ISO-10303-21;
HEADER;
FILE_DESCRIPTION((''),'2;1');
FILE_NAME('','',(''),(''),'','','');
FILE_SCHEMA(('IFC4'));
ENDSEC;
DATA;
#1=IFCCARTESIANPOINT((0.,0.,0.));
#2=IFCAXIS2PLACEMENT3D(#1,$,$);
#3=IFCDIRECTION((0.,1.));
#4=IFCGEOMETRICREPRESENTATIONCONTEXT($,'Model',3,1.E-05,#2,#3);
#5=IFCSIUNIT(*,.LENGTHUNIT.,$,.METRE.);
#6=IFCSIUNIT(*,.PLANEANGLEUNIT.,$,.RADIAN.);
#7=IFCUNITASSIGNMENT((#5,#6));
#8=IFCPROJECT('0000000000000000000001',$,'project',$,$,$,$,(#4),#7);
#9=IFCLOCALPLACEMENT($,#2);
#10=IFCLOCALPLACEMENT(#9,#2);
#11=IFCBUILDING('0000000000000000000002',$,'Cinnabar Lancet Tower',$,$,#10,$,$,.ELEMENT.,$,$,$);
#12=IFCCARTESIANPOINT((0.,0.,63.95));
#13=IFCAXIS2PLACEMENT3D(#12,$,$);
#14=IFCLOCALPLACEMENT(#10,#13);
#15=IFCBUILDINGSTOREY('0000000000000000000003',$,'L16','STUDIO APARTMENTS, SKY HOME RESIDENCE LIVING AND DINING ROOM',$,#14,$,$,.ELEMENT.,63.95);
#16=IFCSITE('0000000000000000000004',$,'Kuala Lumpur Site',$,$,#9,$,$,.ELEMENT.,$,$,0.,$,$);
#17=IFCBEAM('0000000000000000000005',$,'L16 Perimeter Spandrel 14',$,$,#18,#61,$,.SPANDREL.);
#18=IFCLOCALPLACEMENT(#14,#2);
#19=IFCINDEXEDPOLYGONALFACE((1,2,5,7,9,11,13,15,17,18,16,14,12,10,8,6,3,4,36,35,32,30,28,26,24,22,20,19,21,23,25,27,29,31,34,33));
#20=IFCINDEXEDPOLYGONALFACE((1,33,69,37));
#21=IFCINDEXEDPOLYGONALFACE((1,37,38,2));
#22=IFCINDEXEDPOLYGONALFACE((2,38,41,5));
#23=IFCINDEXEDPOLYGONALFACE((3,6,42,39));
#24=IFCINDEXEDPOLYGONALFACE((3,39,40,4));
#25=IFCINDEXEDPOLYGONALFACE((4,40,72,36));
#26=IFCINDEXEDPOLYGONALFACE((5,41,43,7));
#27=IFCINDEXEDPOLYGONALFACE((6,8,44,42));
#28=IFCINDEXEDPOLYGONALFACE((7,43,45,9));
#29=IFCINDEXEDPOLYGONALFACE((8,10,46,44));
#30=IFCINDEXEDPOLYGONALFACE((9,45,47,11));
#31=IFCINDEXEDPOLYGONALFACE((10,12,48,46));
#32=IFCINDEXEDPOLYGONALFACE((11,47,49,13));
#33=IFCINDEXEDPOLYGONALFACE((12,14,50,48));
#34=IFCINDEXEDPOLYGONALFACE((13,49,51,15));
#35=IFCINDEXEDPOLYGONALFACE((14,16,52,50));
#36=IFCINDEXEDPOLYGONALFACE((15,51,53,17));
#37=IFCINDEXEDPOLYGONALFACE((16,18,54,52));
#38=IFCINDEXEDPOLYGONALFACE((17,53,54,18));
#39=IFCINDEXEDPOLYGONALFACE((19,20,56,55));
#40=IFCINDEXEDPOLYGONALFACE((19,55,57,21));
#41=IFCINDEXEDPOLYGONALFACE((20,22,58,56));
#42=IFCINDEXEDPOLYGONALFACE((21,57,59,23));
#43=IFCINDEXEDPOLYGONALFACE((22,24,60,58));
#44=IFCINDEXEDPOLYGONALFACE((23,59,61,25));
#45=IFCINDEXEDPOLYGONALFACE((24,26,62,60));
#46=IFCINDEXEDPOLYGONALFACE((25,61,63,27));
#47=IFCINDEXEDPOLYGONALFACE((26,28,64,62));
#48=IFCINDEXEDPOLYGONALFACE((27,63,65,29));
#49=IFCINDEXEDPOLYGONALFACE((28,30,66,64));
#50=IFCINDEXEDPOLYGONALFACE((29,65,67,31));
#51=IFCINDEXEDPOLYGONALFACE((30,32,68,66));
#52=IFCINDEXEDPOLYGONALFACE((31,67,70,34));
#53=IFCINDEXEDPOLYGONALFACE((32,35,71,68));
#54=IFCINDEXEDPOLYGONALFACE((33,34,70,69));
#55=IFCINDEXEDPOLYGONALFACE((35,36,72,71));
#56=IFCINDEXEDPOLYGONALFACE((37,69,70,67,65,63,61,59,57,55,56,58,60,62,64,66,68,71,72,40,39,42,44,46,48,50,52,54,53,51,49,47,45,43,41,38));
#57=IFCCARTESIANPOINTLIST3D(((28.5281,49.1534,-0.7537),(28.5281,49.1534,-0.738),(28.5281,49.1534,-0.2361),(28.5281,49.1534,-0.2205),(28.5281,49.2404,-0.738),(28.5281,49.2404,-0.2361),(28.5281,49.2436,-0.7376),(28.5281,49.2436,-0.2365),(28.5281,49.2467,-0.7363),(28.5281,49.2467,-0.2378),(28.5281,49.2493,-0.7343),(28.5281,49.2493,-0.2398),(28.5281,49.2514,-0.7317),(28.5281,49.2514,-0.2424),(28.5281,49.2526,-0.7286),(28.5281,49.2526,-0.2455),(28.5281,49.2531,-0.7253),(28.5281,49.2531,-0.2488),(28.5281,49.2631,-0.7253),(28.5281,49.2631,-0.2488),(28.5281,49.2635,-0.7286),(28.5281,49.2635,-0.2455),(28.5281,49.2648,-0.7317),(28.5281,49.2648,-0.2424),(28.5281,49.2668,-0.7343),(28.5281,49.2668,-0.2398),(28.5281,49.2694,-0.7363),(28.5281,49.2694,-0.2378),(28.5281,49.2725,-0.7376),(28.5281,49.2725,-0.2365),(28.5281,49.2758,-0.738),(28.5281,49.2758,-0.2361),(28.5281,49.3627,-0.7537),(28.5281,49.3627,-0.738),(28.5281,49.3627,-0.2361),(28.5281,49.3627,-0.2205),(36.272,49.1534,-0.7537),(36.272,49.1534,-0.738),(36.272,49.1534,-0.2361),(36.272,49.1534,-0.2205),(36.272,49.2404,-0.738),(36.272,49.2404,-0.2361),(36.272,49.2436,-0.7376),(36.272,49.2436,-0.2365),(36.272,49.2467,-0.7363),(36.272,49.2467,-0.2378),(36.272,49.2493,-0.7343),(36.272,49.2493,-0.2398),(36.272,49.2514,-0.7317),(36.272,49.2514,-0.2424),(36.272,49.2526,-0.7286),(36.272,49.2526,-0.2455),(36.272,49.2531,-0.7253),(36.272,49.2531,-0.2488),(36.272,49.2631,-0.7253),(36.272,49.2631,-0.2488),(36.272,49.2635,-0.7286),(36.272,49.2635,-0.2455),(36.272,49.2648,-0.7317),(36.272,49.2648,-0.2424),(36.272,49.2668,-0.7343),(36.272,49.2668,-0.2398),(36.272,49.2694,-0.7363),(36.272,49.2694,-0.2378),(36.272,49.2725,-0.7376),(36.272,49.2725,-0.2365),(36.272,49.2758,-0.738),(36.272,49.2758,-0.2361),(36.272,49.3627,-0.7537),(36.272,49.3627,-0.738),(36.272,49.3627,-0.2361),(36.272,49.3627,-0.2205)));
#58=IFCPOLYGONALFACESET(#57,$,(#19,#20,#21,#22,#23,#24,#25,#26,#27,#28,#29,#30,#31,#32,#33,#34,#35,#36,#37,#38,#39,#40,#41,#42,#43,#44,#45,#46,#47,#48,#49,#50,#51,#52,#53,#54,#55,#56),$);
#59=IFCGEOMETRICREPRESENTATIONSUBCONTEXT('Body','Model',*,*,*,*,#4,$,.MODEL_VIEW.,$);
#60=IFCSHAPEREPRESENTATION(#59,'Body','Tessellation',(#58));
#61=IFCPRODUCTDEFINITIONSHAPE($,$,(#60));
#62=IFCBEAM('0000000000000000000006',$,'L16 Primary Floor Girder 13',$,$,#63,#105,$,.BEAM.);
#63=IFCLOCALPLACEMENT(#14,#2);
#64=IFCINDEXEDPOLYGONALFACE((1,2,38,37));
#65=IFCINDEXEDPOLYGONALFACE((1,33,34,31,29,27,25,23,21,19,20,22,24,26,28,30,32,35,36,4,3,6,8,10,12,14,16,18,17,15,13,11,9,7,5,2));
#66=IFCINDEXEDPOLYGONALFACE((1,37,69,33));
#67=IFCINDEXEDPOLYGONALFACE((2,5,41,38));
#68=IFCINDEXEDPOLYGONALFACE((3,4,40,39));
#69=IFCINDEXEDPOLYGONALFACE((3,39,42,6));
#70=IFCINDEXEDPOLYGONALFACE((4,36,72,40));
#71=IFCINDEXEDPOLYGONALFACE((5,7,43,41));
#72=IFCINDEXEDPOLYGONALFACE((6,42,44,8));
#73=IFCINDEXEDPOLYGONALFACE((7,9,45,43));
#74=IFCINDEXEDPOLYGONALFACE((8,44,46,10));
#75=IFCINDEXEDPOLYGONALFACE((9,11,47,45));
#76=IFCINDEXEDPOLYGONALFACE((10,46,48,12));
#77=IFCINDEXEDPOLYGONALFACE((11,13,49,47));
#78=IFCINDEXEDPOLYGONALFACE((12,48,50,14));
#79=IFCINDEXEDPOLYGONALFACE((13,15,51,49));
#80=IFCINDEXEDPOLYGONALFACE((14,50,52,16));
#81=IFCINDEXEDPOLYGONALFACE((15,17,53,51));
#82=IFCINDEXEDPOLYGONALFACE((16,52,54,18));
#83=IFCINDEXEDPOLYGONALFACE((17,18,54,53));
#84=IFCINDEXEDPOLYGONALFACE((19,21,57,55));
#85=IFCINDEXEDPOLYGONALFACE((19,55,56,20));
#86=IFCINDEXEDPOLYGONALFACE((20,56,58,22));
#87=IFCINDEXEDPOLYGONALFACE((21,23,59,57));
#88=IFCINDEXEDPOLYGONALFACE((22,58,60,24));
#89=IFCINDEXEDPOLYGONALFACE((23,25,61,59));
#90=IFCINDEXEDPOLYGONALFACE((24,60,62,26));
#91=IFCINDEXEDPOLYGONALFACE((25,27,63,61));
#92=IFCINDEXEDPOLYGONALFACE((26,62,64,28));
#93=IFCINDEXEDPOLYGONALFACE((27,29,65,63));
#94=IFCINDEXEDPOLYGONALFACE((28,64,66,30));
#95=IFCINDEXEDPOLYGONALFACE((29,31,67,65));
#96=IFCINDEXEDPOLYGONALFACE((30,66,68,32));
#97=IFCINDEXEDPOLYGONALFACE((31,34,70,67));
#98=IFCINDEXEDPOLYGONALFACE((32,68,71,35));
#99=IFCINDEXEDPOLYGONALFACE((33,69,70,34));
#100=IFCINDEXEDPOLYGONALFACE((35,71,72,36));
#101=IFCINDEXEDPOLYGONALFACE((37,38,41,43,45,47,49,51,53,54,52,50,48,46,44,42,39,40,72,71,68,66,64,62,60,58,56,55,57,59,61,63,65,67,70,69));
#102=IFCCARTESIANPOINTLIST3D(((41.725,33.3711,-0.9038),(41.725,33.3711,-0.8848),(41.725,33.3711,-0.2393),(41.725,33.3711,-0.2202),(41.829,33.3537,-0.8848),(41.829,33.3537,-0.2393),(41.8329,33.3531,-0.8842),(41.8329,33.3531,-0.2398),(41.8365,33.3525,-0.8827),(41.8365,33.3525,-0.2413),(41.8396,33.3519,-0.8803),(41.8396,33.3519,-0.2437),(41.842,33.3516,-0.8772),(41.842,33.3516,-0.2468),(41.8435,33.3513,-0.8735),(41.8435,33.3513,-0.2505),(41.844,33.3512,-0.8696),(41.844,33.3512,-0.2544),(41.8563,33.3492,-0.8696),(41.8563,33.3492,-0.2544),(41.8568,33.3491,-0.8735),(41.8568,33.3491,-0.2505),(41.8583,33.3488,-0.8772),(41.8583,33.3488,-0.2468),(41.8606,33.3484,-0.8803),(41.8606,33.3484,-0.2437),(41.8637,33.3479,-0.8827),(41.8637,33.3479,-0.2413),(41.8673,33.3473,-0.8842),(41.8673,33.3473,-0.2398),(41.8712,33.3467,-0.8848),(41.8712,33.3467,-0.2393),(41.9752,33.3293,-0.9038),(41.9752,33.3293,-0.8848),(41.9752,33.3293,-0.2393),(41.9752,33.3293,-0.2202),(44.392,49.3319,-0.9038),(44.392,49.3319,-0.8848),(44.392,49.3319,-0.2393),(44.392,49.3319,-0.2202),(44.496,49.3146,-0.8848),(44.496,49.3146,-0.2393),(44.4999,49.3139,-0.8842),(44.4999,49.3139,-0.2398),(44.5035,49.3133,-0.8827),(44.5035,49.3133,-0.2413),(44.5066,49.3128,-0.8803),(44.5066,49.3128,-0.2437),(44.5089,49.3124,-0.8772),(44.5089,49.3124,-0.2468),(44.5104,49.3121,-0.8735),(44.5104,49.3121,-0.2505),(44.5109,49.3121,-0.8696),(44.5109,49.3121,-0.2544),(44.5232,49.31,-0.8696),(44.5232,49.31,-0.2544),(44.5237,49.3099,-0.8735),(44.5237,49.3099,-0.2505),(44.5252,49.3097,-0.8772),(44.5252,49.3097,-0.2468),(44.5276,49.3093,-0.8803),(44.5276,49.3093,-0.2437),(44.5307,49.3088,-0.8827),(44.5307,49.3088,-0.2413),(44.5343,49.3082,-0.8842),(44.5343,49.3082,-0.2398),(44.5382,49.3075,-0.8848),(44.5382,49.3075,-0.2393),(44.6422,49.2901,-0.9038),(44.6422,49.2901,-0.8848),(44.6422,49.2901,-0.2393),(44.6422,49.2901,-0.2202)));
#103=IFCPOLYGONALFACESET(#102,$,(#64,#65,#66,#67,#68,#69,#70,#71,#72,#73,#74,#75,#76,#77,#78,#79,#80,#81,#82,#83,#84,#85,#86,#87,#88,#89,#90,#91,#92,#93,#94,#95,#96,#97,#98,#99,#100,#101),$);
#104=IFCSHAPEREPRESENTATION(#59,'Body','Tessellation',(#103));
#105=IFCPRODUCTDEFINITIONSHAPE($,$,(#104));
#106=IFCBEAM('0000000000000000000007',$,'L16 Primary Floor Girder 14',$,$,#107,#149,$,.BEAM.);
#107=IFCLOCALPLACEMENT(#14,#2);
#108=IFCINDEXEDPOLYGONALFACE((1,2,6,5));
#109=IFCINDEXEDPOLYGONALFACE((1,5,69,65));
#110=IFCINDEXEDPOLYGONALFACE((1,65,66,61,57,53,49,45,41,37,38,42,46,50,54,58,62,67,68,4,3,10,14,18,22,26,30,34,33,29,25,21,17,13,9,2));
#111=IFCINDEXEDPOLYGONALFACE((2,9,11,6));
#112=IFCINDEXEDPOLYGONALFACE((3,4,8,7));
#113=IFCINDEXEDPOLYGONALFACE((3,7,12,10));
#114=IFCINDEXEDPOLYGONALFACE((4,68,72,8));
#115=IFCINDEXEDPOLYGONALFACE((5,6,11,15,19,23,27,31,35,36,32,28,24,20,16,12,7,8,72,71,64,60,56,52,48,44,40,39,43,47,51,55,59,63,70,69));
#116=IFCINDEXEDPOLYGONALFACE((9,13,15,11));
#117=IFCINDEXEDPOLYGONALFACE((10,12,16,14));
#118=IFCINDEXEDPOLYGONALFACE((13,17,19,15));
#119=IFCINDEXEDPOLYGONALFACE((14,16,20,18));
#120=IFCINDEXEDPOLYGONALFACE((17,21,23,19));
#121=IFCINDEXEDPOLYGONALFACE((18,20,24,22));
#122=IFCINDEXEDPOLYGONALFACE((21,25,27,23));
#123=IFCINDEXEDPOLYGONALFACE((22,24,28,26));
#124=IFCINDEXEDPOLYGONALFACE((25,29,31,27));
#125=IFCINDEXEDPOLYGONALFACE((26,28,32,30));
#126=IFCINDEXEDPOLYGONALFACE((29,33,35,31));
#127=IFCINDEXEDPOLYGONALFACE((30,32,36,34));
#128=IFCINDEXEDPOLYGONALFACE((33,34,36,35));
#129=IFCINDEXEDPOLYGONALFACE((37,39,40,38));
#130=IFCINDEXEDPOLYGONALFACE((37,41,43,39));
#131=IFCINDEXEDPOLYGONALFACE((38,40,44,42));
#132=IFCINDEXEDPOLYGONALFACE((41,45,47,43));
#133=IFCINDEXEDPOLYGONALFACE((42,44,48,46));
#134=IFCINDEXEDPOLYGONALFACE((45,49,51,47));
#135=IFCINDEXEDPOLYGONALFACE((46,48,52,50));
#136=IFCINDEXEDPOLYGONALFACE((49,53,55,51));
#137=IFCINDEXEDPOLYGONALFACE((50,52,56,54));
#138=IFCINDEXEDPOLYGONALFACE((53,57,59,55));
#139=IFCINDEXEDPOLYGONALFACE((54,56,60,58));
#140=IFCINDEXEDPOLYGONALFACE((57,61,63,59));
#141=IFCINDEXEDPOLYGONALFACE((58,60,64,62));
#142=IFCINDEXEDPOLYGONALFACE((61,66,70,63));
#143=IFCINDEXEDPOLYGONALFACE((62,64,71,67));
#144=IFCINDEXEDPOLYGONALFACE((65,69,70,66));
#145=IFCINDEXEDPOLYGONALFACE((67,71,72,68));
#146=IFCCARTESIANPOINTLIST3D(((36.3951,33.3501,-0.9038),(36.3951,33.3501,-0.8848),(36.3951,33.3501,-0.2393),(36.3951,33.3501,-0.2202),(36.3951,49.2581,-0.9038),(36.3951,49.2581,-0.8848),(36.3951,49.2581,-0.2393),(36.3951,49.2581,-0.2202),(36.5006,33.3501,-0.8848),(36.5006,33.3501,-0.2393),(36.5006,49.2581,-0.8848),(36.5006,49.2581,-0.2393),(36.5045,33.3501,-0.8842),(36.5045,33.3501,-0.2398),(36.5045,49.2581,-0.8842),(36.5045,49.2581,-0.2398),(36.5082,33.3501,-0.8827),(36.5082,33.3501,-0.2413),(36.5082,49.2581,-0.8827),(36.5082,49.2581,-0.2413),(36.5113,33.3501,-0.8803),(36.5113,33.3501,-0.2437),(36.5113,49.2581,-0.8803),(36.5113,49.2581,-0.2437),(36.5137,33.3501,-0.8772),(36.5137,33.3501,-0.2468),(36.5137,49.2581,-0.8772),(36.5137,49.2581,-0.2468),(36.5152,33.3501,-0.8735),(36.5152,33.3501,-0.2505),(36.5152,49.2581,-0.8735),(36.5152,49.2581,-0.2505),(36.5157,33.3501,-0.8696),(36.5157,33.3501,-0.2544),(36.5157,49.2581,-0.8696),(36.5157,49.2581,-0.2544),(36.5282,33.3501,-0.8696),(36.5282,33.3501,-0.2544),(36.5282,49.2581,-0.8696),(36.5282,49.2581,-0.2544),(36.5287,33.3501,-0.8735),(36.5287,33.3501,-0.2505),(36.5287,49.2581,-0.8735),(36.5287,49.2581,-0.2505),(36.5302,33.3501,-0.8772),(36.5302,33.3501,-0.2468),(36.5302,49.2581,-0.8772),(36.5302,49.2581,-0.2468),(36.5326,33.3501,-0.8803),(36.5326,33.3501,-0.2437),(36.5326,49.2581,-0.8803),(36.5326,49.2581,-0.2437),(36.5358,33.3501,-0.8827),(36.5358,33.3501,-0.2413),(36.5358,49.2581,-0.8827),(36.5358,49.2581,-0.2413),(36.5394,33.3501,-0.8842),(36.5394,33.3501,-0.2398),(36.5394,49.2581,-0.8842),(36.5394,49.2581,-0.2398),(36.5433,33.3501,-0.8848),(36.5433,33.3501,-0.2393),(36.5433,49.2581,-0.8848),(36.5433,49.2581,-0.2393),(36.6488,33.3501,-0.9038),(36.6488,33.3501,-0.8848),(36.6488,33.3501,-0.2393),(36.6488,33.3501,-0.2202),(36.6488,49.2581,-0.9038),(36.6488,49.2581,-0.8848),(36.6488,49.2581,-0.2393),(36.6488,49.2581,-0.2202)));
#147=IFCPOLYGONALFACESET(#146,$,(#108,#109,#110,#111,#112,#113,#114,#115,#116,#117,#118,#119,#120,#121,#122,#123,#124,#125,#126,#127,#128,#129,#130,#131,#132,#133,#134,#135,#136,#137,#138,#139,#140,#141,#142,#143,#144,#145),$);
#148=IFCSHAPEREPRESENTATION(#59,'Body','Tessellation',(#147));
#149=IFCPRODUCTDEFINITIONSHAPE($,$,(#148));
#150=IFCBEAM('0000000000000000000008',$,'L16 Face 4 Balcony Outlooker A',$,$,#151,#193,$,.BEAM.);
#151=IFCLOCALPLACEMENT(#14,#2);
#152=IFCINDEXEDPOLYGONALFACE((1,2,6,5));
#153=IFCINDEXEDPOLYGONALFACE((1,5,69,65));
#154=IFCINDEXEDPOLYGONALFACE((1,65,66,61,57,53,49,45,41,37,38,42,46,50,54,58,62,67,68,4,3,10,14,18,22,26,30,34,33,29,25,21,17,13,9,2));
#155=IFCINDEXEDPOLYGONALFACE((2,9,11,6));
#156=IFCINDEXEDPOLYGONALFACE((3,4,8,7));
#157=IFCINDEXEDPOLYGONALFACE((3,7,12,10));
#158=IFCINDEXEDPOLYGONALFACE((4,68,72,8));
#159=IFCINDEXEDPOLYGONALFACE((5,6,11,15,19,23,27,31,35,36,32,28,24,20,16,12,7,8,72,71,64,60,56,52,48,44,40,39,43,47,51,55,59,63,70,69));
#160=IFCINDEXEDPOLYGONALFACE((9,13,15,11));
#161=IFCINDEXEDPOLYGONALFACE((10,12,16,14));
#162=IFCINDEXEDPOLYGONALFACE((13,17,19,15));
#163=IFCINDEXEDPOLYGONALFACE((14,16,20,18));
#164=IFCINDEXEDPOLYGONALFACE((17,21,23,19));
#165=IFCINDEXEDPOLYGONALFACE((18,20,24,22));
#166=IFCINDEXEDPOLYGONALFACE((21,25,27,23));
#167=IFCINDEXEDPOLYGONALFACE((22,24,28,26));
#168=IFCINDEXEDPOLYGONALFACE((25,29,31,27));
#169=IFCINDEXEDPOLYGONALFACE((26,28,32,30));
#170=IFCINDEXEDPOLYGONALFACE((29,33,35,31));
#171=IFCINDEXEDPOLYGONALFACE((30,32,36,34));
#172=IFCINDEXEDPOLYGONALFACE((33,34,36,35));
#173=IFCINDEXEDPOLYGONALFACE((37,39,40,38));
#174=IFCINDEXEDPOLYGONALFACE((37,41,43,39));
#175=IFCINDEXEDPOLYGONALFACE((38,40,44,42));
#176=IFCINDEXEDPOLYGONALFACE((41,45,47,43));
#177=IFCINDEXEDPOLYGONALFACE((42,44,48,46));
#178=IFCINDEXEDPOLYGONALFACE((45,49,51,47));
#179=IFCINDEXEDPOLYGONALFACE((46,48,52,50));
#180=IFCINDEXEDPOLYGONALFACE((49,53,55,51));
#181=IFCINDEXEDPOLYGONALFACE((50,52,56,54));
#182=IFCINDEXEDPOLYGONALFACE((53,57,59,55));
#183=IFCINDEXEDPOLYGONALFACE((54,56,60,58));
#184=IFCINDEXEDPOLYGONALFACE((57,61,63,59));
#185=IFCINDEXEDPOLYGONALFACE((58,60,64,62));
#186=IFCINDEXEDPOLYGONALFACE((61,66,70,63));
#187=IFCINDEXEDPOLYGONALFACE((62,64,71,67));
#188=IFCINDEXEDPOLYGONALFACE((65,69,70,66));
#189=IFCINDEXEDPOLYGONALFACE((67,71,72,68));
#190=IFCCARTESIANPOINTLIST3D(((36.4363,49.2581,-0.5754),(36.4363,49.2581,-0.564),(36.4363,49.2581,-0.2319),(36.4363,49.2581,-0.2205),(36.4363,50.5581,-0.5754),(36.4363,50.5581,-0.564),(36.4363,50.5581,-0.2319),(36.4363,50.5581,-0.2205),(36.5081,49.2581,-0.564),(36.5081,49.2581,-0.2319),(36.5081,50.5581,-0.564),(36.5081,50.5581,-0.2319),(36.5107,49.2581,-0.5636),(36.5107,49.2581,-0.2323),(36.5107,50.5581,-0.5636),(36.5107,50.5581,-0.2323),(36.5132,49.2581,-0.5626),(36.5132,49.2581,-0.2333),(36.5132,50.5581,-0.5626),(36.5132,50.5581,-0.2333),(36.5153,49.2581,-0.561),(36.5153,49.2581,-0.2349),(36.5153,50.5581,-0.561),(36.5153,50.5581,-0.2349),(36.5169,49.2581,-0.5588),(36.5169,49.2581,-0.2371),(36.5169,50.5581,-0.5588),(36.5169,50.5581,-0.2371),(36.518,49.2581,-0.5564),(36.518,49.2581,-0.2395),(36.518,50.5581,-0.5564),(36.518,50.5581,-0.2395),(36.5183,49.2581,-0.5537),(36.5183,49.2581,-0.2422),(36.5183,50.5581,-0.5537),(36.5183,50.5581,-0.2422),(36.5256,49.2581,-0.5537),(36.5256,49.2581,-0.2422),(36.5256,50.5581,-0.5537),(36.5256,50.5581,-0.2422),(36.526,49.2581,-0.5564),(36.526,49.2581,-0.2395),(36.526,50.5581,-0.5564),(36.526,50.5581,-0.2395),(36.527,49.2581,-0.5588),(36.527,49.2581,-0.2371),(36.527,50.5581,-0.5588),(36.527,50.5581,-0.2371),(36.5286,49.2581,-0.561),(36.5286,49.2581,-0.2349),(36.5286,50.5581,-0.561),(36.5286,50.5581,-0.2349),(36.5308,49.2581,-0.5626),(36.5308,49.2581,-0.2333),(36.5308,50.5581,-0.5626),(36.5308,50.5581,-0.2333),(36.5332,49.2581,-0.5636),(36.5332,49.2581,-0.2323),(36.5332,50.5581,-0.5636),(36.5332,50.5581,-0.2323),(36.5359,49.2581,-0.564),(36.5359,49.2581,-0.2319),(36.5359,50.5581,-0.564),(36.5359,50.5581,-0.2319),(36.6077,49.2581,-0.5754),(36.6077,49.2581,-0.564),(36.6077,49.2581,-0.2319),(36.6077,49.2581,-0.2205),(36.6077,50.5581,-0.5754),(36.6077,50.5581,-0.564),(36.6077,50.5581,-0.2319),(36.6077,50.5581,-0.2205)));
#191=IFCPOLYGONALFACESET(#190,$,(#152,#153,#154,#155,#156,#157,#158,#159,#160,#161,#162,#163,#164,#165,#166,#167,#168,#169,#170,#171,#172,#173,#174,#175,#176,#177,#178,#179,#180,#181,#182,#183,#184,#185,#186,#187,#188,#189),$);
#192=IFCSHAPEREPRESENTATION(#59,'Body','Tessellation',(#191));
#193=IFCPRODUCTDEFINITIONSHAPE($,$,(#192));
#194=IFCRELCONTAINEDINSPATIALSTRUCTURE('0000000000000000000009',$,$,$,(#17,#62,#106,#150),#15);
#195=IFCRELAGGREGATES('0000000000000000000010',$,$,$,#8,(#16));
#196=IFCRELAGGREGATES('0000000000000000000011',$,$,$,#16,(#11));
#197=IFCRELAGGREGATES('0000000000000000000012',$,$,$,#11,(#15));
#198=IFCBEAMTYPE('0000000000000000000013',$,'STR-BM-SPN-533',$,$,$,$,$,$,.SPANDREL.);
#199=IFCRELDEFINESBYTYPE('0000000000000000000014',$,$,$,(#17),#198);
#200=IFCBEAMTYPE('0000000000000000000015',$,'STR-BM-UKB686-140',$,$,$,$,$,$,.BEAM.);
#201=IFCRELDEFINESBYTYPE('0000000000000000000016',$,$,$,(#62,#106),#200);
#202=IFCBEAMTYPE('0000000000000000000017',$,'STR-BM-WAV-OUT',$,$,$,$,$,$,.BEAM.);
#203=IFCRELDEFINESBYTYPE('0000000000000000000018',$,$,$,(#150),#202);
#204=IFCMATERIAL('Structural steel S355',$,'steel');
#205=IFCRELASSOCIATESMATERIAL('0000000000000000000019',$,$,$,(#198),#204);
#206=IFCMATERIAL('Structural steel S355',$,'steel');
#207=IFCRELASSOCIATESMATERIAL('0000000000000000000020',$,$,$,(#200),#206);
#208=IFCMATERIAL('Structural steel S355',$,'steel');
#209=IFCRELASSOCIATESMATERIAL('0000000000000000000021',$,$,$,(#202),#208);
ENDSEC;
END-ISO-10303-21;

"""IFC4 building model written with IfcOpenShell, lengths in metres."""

from ifc_helpers import new_model, si_unit, direction, frame, origin, origin_2d, place, context, subcontext, project, spatial, i_section, extrude, material, material_profile, profile_set, type_object, element, save


model = new_model("IFC4")

# Units and contexts
model_context = context("Model", 3, precision=1e-05, world=origin(), true_north=direction((0.0, 1.0)))
body_context = subcontext(model_context, "Body", "Model", "MODEL_VIEW")
ifc_project = project(units=[si_unit("LENGTHUNIT", "METRE"), si_unit("PLANEANGLEUNIT", "RADIAN")], contexts=[model_context])

# Site, building, storey
site_placement = place(None, origin())
site = spatial("IfcSite", under=ifc_project, at=site_placement, Name="Kuala Lumpur Site", CompositionType="ELEMENT", RefElevation=0.0)
building_placement = place(site_placement, origin())
building = spatial("IfcBuilding", under=site, at=building_placement, Name="Cinnabar Lancet Tower", CompositionType="ELEMENT")
storey_placement = place(building_placement, frame((0.0, 0.0, 63.95)))
storey = spatial("IfcBuildingStorey", under=building, at=storey_placement, Name="L16", Description="STUDIO APARTMENTS, SKY HOME RESIDENCE LIVING AND DINING ROOM", CompositionType="ELEMENT", Elevation=63.95)

# Beams
ifc_material_1 = material(Name="Structural steel S355", Category="steel")
ifc_material_profile_1 = material_profile(ifc_material_1, i_section(OverallWidth=0.2092, OverallDepth=0.5332, WebThickness=0.01, FlangeThickness=0.0156, FilletRadius=0.0127, at=origin_2d()), Name="UKB 533x210x92")
ifc_profile_set_1 = profile_set([ifc_material_profile_1], Name="Structural steel S355")
beam_type_1 = type_object("IfcBeamType", Name="STR-BM-SPN-533", PredefinedType="SPANDREL", material=ifc_profile_set_1)
beam_1_placement = place(storey_placement, frame((36.272, 49.2581, -0.4871), z_axis=(-1.0, 0.0, 0.0), x_axis=(0.0, -1.0, 0.0)))
element("IfcBeam", 1, at=beam_1_placement, inside=storey, type_object=beam_type_1, Name="L16 Perimeter Spandrel 14", PredefinedType="SPANDREL", context=body_context, shape_type="SweptSolid", body=[
    extrude(i_section(OverallWidth=0.2092, OverallDepth=0.5332, WebThickness=0.01, FlangeThickness=0.0156, FilletRadius=0.0127, at=origin_2d()), origin(), (0.0, 0.0, 1.0), 7.7439),
])
ifc_material_2 = material(Name="Structural steel S355", Category="steel")
ifc_material_profile_2 = material_profile(ifc_material_2, i_section(OverallWidth=0.2537, OverallDepth=0.6836, WebThickness=0.0125, FlangeThickness=0.019, FilletRadius=0.0151, at=origin_2d()), Name="UKB 686x254x140")
ifc_profile_set_2 = profile_set([ifc_material_profile_2], Name="Structural steel S355")
beam_type_2 = type_object("IfcBeamType", Name="STR-BM-UKB686-140", PredefinedType="BEAM", material=ifc_profile_set_2)
beam_2_placement = place(storey_placement, frame((44.5171, 49.311, -0.562), z_axis=(-0.16481, -0.986325, 0.0), x_axis=(0.986325, -0.16481, 0.0)))
element("IfcBeam", 2, at=beam_2_placement, inside=storey, type_object=beam_type_2, Name="L16 Primary Floor Girder 13", PredefinedType="BEAM", context=body_context, shape_type="SweptSolid", body=[
    extrude(i_section(OverallWidth=0.2537, OverallDepth=0.6836, WebThickness=0.0125, FlangeThickness=0.019, FilletRadius=0.0151, at=origin_2d()), origin(), (0.0, 0.0, 1.0), 16.1821),
])
beam_3_placement = place(storey_placement, frame((36.522, 49.2581, -0.562), z_axis=(0.0, -1.0, 0.0), x_axis=(1.0, 0.0, 0.0)))
element("IfcBeam", 3, at=beam_3_placement, inside=storey, type_object=beam_type_2, Name="L16 Primary Floor Girder 14", PredefinedType="BEAM", context=body_context, shape_type="SweptSolid", body=[
    extrude(i_section(OverallWidth=0.2537, OverallDepth=0.6836, WebThickness=0.0125, FlangeThickness=0.019, FilletRadius=0.0151, at=origin_2d()), origin(), (0.0, 0.0, 1.0), 15.908),
])
ifc_material_3 = material(Name="Structural steel S355", Category="steel")
ifc_material_profile_3 = material_profile(ifc_material_3, i_section(OverallWidth=0.1714, OverallDepth=0.355, WebThickness=0.0073, FlangeThickness=0.0115, FilletRadius=0.0103, at=origin_2d()), Name="UKB 356x171x51")
ifc_profile_set_3 = profile_set([ifc_material_profile_3], Name="Structural steel S355")
beam_type_3 = type_object("IfcBeamType", Name="STR-BM-WAV-OUT", PredefinedType="BEAM", material=ifc_profile_set_3)
beam_4_placement = place(storey_placement, frame((36.522, 49.2581, -0.3979), z_axis=(0.0, 1.0, 0.0), x_axis=(-1.0, 0.0, 0.0)))
element("IfcBeam", 4, at=beam_4_placement, inside=storey, type_object=beam_type_3, Name="L16 Face 4 Balcony Outlooker A", PredefinedType="BEAM", context=body_context, shape_type="SweptSolid", body=[
    extrude(i_section(OverallWidth=0.1714, OverallDepth=0.355, WebThickness=0.0073, FlangeThickness=0.0115, FilletRadius=0.0103, at=origin_2d()), origin(), (0.0, 0.0, 1.0), 1.3),
])

save(model, "model.ifc")
